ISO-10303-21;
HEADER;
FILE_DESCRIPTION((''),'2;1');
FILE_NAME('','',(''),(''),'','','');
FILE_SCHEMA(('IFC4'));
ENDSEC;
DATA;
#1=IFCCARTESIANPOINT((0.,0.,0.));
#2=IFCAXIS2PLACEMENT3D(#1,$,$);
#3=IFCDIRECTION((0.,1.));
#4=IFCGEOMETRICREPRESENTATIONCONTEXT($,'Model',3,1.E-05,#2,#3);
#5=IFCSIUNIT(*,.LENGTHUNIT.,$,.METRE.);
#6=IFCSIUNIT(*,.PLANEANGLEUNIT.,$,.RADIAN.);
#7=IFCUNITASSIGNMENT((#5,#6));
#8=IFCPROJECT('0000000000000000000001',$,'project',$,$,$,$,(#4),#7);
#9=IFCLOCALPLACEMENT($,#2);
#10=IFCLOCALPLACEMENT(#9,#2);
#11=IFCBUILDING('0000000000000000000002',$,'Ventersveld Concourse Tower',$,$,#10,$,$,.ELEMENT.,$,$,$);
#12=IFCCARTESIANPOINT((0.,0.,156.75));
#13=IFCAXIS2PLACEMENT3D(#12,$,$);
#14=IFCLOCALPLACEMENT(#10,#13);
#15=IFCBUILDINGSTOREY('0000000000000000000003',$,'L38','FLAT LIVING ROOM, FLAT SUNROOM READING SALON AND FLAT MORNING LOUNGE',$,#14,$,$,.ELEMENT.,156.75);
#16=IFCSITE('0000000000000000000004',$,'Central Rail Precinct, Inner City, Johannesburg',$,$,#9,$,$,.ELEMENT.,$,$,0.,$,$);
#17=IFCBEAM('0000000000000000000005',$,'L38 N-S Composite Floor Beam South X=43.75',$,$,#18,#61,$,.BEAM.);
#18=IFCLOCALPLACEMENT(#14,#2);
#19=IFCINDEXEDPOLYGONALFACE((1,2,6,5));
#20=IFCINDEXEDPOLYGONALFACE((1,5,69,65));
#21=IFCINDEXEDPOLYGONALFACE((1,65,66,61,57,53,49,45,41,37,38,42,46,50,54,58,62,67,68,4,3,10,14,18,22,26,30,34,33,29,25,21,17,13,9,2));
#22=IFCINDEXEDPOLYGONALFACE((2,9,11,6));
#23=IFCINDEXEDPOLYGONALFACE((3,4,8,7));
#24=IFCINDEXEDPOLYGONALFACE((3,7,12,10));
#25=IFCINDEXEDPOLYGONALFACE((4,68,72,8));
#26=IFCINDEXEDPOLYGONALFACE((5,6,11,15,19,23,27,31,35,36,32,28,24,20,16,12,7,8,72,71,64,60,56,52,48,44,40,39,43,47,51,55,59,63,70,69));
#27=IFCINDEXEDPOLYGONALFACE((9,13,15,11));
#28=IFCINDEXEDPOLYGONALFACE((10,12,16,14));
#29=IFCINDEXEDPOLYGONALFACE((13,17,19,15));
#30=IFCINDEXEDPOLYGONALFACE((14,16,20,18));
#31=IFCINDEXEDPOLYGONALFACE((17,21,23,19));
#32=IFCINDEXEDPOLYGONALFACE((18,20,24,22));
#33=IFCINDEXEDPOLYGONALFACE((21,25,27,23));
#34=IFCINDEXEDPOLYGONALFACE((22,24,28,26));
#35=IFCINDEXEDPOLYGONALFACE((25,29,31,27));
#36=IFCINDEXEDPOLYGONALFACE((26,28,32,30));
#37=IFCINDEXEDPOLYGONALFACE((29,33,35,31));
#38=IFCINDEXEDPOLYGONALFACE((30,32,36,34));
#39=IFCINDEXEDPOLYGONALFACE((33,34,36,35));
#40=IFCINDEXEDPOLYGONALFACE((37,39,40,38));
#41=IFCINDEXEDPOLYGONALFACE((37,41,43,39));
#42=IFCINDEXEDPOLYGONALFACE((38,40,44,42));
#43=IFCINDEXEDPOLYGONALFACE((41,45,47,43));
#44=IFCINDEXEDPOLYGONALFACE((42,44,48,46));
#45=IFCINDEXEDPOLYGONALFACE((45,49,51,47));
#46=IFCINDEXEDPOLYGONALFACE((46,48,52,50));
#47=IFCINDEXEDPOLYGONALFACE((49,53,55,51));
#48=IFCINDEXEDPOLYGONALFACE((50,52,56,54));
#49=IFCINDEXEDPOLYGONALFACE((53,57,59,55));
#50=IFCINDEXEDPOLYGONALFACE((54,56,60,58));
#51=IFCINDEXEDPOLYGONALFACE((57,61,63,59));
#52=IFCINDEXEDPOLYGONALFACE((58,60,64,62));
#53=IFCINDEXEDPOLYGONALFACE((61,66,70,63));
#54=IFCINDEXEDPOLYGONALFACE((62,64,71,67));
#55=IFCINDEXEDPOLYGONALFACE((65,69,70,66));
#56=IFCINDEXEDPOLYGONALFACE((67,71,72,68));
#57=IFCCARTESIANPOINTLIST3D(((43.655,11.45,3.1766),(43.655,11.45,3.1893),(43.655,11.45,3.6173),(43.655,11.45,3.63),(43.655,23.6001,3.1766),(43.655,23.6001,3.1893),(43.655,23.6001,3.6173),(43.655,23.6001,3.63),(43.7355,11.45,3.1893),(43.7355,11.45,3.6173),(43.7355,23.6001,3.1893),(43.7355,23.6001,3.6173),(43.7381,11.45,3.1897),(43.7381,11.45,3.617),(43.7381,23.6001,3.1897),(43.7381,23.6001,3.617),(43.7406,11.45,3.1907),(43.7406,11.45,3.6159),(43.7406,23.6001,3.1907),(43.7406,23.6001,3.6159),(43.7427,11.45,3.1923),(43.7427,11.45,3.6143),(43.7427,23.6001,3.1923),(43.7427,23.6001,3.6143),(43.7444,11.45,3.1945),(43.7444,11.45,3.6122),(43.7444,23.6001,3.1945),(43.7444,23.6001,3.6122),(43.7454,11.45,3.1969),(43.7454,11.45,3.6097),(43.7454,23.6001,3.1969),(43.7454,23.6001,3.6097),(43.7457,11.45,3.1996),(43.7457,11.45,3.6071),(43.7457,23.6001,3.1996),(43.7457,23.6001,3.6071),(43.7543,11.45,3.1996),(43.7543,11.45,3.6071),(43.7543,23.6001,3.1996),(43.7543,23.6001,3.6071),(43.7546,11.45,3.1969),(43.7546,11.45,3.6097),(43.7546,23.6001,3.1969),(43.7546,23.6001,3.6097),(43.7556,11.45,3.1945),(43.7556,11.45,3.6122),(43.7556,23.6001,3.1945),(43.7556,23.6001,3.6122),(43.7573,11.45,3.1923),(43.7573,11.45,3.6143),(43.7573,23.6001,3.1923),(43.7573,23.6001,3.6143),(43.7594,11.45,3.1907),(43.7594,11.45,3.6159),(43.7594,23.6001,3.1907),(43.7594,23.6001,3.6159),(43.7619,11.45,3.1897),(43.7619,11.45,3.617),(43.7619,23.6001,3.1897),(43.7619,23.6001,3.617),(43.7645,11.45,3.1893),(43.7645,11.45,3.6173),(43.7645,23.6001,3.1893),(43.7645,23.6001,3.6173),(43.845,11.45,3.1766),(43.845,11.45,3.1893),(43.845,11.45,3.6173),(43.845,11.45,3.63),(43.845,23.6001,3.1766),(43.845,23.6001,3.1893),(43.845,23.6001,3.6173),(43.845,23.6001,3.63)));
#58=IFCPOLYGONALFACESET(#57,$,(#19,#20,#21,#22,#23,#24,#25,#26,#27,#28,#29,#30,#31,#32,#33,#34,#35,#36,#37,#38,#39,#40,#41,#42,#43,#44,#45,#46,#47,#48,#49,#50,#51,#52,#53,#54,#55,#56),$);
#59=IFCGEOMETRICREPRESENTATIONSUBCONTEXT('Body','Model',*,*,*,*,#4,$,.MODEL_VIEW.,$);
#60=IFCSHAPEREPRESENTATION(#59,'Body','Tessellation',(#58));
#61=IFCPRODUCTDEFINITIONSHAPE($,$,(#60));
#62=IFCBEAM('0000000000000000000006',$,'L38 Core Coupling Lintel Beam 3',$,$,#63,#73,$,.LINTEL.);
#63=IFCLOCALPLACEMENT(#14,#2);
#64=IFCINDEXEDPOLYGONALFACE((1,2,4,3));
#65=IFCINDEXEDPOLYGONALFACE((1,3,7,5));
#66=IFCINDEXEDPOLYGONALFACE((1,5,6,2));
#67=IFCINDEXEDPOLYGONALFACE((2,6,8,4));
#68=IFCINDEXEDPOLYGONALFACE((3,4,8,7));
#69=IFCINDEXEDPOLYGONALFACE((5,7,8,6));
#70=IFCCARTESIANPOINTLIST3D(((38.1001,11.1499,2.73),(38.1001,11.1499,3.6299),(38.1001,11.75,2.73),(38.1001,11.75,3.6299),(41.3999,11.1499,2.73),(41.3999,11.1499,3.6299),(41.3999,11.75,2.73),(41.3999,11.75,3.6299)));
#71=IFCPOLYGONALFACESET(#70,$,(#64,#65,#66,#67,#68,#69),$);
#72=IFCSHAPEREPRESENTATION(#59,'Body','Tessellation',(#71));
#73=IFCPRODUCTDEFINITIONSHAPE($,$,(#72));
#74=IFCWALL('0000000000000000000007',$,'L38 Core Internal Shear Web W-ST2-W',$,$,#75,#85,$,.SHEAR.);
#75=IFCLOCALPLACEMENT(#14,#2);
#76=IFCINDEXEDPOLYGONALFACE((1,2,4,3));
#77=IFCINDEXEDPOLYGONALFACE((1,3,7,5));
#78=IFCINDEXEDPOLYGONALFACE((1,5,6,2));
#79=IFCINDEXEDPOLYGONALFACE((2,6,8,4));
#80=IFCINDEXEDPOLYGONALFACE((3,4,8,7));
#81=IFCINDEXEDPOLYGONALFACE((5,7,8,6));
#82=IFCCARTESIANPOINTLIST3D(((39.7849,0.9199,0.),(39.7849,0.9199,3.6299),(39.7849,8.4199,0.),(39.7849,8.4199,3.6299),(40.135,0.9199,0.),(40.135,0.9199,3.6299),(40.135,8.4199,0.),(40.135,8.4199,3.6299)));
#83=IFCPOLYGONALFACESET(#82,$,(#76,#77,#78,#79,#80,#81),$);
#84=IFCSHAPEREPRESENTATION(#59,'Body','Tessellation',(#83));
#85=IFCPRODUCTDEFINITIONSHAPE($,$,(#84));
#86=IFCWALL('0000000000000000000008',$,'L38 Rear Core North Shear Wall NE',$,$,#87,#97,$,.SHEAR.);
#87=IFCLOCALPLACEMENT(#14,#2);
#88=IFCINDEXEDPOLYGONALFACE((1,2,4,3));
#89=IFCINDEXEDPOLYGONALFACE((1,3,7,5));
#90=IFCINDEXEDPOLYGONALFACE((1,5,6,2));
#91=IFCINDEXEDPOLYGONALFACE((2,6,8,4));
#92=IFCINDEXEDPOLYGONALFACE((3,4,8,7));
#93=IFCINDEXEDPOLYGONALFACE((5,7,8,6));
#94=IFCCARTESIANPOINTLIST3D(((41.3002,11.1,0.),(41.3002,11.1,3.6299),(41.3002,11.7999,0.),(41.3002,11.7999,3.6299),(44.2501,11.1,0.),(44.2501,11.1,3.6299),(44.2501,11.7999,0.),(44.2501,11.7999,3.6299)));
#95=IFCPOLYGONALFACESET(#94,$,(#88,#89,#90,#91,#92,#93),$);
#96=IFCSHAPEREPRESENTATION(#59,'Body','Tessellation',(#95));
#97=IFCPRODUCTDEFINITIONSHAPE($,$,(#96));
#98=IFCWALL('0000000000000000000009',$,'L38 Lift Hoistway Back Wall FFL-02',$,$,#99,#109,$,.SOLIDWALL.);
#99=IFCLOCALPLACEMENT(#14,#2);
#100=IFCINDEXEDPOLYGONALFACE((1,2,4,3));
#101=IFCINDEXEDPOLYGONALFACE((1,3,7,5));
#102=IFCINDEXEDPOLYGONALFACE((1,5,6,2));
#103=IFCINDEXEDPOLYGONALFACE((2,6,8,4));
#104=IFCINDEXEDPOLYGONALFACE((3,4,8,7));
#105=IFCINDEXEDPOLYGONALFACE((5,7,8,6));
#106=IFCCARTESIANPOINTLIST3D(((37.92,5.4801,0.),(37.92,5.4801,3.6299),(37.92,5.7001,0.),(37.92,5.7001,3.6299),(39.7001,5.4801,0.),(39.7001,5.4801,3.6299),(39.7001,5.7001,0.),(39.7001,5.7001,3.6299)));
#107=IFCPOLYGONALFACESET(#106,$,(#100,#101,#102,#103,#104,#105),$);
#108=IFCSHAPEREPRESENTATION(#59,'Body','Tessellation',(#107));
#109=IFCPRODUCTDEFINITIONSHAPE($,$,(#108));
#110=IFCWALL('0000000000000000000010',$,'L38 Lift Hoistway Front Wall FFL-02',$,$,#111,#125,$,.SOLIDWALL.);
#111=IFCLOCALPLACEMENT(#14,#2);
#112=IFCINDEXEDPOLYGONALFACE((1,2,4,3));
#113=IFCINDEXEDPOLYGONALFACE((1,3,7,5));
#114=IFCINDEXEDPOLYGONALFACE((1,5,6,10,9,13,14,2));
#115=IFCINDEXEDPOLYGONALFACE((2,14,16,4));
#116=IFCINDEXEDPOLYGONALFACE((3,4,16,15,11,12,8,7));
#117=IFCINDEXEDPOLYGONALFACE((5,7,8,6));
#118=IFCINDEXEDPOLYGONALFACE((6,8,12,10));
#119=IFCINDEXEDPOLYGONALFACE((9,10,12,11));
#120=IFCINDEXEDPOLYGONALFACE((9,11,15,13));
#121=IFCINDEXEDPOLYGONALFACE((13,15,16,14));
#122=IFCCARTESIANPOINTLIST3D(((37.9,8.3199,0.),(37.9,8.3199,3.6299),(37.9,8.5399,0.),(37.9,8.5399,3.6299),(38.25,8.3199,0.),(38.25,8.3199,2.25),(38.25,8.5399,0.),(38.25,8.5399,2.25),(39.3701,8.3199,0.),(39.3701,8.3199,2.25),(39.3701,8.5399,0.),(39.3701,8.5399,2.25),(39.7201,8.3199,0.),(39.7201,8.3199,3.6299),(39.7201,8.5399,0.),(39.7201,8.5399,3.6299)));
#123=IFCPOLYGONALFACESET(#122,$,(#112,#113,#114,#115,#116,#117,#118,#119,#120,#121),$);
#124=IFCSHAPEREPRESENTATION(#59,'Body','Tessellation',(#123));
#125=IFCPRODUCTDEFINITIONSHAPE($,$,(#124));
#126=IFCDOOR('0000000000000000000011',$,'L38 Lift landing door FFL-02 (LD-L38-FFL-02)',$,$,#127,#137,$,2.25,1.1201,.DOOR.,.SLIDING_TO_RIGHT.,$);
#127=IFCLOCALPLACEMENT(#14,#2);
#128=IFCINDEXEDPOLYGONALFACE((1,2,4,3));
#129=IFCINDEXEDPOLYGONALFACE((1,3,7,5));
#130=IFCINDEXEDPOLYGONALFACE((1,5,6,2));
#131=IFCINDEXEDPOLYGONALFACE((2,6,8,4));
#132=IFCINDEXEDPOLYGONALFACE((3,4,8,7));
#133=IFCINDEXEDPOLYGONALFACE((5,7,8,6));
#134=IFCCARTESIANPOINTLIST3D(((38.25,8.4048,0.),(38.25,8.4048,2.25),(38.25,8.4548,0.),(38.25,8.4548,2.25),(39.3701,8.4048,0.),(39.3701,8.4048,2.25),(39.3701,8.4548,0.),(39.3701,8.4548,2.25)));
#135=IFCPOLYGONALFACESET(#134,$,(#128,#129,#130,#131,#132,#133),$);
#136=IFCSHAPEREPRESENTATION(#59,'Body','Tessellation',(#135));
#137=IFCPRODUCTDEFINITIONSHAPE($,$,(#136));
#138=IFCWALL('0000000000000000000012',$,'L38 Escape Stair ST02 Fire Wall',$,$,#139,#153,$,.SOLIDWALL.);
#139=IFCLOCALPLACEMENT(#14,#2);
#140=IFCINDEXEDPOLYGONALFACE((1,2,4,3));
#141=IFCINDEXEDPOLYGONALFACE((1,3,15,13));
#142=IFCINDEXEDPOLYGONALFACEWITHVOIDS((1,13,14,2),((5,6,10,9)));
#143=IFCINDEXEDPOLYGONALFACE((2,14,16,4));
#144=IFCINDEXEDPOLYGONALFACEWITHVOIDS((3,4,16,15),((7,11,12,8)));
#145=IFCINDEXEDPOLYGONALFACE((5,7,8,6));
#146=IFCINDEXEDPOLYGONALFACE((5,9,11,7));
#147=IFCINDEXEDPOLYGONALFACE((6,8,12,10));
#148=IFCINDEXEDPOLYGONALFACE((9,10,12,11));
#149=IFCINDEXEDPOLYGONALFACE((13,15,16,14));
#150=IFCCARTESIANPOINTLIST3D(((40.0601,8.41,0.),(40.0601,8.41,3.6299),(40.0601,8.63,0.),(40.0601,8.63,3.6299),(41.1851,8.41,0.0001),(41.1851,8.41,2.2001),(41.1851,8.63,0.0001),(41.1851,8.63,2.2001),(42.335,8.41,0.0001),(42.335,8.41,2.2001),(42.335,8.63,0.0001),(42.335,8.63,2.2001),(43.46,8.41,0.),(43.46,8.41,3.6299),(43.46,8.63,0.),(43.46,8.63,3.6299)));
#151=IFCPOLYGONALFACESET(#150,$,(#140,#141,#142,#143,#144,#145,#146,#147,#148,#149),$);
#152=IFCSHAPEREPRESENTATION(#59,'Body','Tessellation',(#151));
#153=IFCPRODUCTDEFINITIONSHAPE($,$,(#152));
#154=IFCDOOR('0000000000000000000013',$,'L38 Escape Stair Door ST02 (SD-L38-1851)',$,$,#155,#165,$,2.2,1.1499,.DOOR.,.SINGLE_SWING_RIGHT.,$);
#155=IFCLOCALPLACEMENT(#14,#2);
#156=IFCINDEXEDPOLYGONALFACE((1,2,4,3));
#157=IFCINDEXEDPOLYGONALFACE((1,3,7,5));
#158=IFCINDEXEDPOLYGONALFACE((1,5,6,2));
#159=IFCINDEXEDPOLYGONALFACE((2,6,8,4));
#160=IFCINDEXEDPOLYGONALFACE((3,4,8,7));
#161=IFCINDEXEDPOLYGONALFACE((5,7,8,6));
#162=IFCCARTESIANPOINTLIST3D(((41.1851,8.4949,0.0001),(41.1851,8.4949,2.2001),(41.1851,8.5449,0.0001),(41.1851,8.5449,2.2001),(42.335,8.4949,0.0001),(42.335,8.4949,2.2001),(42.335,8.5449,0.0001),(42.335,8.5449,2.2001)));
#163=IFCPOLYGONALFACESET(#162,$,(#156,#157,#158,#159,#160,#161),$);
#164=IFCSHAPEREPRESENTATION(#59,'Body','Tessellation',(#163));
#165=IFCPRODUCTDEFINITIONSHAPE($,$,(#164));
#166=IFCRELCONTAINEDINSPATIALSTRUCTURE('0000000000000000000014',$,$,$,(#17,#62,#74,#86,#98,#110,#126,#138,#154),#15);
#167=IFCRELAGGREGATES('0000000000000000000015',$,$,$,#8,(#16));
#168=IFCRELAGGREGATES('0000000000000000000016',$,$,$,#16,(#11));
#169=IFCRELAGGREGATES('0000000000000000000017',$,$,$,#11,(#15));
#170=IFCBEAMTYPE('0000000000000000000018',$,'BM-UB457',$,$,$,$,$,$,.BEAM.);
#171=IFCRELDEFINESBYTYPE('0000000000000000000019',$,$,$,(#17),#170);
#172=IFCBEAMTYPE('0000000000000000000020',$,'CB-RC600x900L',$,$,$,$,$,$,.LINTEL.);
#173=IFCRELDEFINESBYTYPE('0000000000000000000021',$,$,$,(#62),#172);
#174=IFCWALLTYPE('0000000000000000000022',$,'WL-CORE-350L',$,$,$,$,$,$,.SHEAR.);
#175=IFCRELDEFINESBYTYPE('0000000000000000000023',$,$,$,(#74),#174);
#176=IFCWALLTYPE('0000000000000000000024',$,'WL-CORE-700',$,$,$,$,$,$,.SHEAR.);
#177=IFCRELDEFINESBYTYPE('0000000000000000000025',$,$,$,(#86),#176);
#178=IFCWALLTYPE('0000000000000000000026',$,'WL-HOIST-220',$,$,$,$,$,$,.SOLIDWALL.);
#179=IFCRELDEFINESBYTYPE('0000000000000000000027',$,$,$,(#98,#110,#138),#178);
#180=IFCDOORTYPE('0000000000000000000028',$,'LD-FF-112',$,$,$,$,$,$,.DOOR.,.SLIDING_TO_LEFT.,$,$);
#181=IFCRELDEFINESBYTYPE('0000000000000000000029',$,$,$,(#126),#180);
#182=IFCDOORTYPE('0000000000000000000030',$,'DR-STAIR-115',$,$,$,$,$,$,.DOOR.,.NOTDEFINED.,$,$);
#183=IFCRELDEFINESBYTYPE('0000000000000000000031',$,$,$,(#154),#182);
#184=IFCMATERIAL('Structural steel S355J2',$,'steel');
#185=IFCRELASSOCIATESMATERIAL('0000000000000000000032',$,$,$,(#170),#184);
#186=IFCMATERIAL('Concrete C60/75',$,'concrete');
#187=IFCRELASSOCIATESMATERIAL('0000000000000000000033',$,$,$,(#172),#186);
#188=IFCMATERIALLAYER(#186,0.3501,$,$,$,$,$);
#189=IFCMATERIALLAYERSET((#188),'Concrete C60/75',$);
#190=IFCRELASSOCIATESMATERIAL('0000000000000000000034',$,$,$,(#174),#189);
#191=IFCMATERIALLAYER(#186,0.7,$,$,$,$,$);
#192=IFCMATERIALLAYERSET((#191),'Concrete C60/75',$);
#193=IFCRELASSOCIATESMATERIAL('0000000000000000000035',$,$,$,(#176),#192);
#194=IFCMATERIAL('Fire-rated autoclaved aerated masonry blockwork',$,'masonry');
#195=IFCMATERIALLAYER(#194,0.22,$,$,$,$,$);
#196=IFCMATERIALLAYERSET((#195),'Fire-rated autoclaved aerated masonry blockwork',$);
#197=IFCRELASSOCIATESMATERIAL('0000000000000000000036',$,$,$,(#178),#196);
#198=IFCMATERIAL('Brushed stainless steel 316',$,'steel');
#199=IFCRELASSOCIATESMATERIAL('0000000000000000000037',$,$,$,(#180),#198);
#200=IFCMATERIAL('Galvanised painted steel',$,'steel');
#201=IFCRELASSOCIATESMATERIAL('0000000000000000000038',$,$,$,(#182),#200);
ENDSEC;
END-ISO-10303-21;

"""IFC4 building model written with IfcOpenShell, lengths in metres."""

from ifc_helpers import new_model, si_unit, direction, frame, frame_2d, origin, origin_2d, place, context, subcontext, project, spatial, rectangle, i_section, extrude, material, layer, layer_set, material_profile, profile_set, type_object, element, fill, save


model = new_model("IFC4")

# Units and contexts
model_context = context("Model", 3, precision=1e-05, world=origin(), true_north=direction((0.0, 1.0)))
body_context = subcontext(model_context, "Body", "Model", "MODEL_VIEW")
ifc_project = project(units=[si_unit("LENGTHUNIT", "METRE"), si_unit("PLANEANGLEUNIT", "RADIAN")], contexts=[model_context])

# Site, building, storey
site_placement = place(None, origin())
site = spatial("IfcSite", under=ifc_project, at=site_placement, Name="Central Rail Precinct, Inner City, Johannesburg", CompositionType="ELEMENT", RefElevation=0.0)
building_placement = place(site_placement, origin())
building = spatial("IfcBuilding", under=site, at=building_placement, Name="Ventersveld Concourse Tower", CompositionType="ELEMENT")
storey_placement = place(building_placement, frame((0.0, 0.0, 156.75)))
storey = spatial("IfcBuildingStorey", under=building, at=storey_placement, Name="L38", Description="FLAT LIVING ROOM, FLAT SUNROOM READING SALON AND FLAT MORNING LOUNGE", CompositionType="ELEMENT", Elevation=156.75)

# Beams
ifc_material_1 = material(Name="Structural steel S355J2", Category="steel")
ifc_material_profile_1 = material_profile(ifc_material_1, i_section(OverallWidth=0.1899, OverallDepth=0.4534, WebThickness=0.0085, FlangeThickness=0.0127, FilletRadius=0.0103, at=origin_2d()), Name="UB 457x191x67")
ifc_profile_set_1 = profile_set([ifc_material_profile_1], Name="Structural steel S355J2")
beam_type_1 = type_object("IfcBeamType", Name="BM-UB457", PredefinedType="BEAM", material=ifc_profile_set_1)
beam_1_placement = place(storey_placement, frame((43.75, 11.45, 3.4033), z_axis=(0.0, 1.0, 0.0), x_axis=(-1.0, 0.0, 0.0)))
element("IfcBeam", 1, at=beam_1_placement, inside=storey, type_object=beam_type_1, Name="L38 N-S Composite Floor Beam South X=43.75", PredefinedType="BEAM", context=body_context, shape_type="SweptSolid", body=[
    extrude(i_section(OverallWidth=0.1899, OverallDepth=0.4534, WebThickness=0.0085, FlangeThickness=0.0127, FilletRadius=0.0103, at=origin_2d()), origin(), (0.0, 0.0, 1.0), 12.1501),
])
ifc_material_2 = material(Name="Concrete C60/75", Category="concrete")
ifc_material_profile_2 = material_profile(ifc_material_2, rectangle(XDim=0.6001, YDim=0.8999, at=origin_2d()), Name="RC 600x900")
ifc_profile_set_2 = profile_set([ifc_material_profile_2], Name="Concrete C60/75")
beam_type_2 = type_object("IfcBeamType", Name="CB-RC600x900L", PredefinedType="LINTEL", material=ifc_profile_set_2)
beam_2_placement = place(storey_placement, frame((38.1001, 11.45, 3.1799), z_axis=(1.0, 0.0, 0.0), x_axis=(0.0, 1.0, 0.0)))
element("IfcBeam", 2, at=beam_2_placement, inside=storey, type_object=beam_type_2, Name="L38 Core Coupling Lintel Beam 3", PredefinedType="LINTEL", context=body_context, shape_type="SweptSolid", body=[
    extrude(rectangle(XDim=0.6001, YDim=0.8999, at=origin_2d()), origin(), (0.0, 0.0, 1.0), 3.2998),
])

# Walls
ifc_layer_1 = layer(ifc_material_2, 0.3501)
ifc_layer_set_1 = layer_set([ifc_layer_1], Name="Concrete C60/75")
wall_type_1 = type_object("IfcWallType", Name="WL-CORE-350L", PredefinedType="SHEAR", material=ifc_layer_set_1)
wall_1_placement = place(storey_placement, frame((39.96, 0.9199, 0.0), z_axis=(0.0, 0.0, 1.0), x_axis=(0.0, 1.0, 0.0)))
element("IfcWall", 3, at=wall_1_placement, inside=storey, type_object=wall_type_1, Name="L38 Core Internal Shear Web W-ST2-W", PredefinedType="SHEAR", context=body_context, shape_type="SweptSolid", body=[
    extrude(rectangle(XDim=7.5, YDim=0.3501, at=frame_2d((3.75, 0.0))), origin(), (0.0, 0.0, 1.0), 3.6299),
])
ifc_layer_2 = layer(ifc_material_2, 0.7)
ifc_layer_set_2 = layer_set([ifc_layer_2], Name="Concrete C60/75")
wall_type_2 = type_object("IfcWallType", Name="WL-CORE-700", PredefinedType="SHEAR", material=ifc_layer_set_2)
wall_2_placement = place(storey_placement, frame((41.3, 11.45, 0.0), z_axis=(0.0, 0.0, 1.0), x_axis=(1.0, 0.0, 0.0)))
element("IfcWall", 4, at=wall_2_placement, inside=storey, type_object=wall_type_2, Name="L38 Rear Core North Shear Wall NE", PredefinedType="SHEAR", context=body_context, shape_type="SweptSolid", body=[
    extrude(rectangle(XDim=2.95, YDim=0.7, at=frame_2d((1.4751, 0.0))), origin(), (0.0, 0.0, 1.0), 3.6299),
])
ifc_material_3 = material(Name="Fire-rated autoclaved aerated masonry blockwork", Category="masonry")
ifc_layer_3 = layer(ifc_material_3, 0.22)
ifc_layer_set_3 = layer_set([ifc_layer_3], Name="Fire-rated autoclaved aerated masonry blockwork")
wall_type_3 = type_object("IfcWallType", Name="WL-HOIST-220", PredefinedType="SOLIDWALL", material=ifc_layer_set_3)
wall_3_placement = place(storey_placement, frame((37.9199, 5.5901, 0.0), z_axis=(0.0, 0.0, 1.0), x_axis=(1.0, 0.0, 0.0)))
element("IfcWall", 5, at=wall_3_placement, inside=storey, type_object=wall_type_3, Name="L38 Lift Hoistway Back Wall FFL-02", PredefinedType="SOLIDWALL", context=body_context, shape_type="SweptSolid", body=[
    extrude(rectangle(XDim=1.78, YDim=0.22, at=frame_2d((0.8901, 0.0))), origin(), (0.0, 0.0, 1.0), 3.6299),
])

# Walls, openings, doors
wall_4_placement = place(storey_placement, frame((37.8999, 8.4299, 0.0), z_axis=(0.0, 0.0, 1.0), x_axis=(1.0, 0.0, 0.0)))
wall_4 = element("IfcWall", 6, at=wall_4_placement, inside=storey, type_object=wall_type_3, Name="L38 Lift Hoistway Front Wall FFL-02", PredefinedType="SOLIDWALL", context=body_context, shape_type="SweptSolid", body=[
    extrude(rectangle(XDim=1.8201, YDim=0.22, at=frame_2d((0.9102, 0.0))), origin(), (0.0, 0.0, 1.0), 3.6299),
])
opening_1_placement = place(wall_4_placement, frame((0.3501, 0.0, 0.0)))
opening_1 = element("IfcOpeningElement", 7, at=opening_1_placement, cuts=wall_4, PredefinedType="OPENING", context=body_context, shape_type="SweptSolid", body=[
    extrude(rectangle(XDim=1.1201, YDim=2.25, at=frame_2d((0.5601, 1.125))), frame((0.0, 0.1201, 0.0), z_axis=(0.0, -1.0, 0.0), x_axis=(1.0, 0.0, 0.0)), (0.0, 0.0, 1.0), 0.24),
])
ifc_material_4 = material(Name="Brushed stainless steel 316", Category="steel")
door_type_1 = type_object("IfcDoorType", Name="LD-FF-112", OperationType="SLIDING_TO_LEFT", PredefinedType="DOOR", material=ifc_material_4)
door_1_placement = place(opening_1_placement, origin())
door_1 = element("IfcDoor", 8, at=door_1_placement, inside=storey, type_object=door_type_1, Name="L38 Lift landing door FFL-02 (LD-L38-FFL-02)", OperationType="SLIDING_TO_RIGHT", OverallHeight=2.25, OverallWidth=1.1201, PredefinedType="DOOR", context=body_context, shape_type="SweptSolid", body=[
    extrude(rectangle(XDim=1.1201, YDim=2.25, at=frame_2d((0.5601, 1.125))), frame((0.0, 0.0249, 0.0), z_axis=(0.0, -1.0, 0.0), x_axis=(1.0, 0.0, 0.0)), (0.0, 0.0, 1.0), 0.05),
])
fill(opening_1, door_1)
wall_5_placement = place(storey_placement, frame((40.0601, 8.52, 0.0), z_axis=(0.0, 0.0, 1.0), x_axis=(1.0, 0.0, 0.0)))
wall_5 = element("IfcWall", 9, at=wall_5_placement, inside=storey, type_object=wall_type_3, Name="L38 Escape Stair ST02 Fire Wall", PredefinedType="SOLIDWALL", context=body_context, shape_type="SweptSolid", body=[
    extrude(rectangle(XDim=3.3999, YDim=0.22, at=frame_2d((1.7, 0.0))), origin(), (0.0, 0.0, 1.0), 3.6299),
])
opening_2_placement = place(wall_5_placement, frame((1.125, 0.0, 0.0)))
opening_2 = element("IfcOpeningElement", 10, at=opening_2_placement, cuts=wall_5, PredefinedType="OPENING", context=body_context, shape_type="SweptSolid", body=[
    extrude(rectangle(XDim=1.1499, YDim=2.2, at=frame_2d((0.575, 1.1001))), frame((0.0, 0.1201, 0.0), z_axis=(0.0, -1.0, 0.0), x_axis=(1.0, 0.0, 0.0)), (0.0, 0.0, 1.0), 0.24),
])
ifc_material_5 = material(Name="Galvanised painted steel", Category="steel")
door_type_2 = type_object("IfcDoorType", Name="DR-STAIR-115", OperationType="NOTDEFINED", PredefinedType="DOOR", material=ifc_material_5)
door_2_placement = place(opening_2_placement, origin())
door_2 = element("IfcDoor", 11, at=door_2_placement, inside=storey, type_object=door_type_2, Name="L38 Escape Stair Door ST02 (SD-L38-1851)", OperationType="SINGLE_SWING_RIGHT", OverallHeight=2.2, OverallWidth=1.1499, PredefinedType="DOOR", context=body_context, shape_type="SweptSolid", body=[
    extrude(rectangle(XDim=1.1499, YDim=2.2, at=frame_2d((0.575, 1.1001))), frame((0.0, 0.0249, 0.0), z_axis=(0.0, -1.0, 0.0), x_axis=(1.0, 0.0, 0.0)), (0.0, 0.0, 1.0), 0.05),
])
fill(opening_2, door_2)

save(model, "model.ifc")
